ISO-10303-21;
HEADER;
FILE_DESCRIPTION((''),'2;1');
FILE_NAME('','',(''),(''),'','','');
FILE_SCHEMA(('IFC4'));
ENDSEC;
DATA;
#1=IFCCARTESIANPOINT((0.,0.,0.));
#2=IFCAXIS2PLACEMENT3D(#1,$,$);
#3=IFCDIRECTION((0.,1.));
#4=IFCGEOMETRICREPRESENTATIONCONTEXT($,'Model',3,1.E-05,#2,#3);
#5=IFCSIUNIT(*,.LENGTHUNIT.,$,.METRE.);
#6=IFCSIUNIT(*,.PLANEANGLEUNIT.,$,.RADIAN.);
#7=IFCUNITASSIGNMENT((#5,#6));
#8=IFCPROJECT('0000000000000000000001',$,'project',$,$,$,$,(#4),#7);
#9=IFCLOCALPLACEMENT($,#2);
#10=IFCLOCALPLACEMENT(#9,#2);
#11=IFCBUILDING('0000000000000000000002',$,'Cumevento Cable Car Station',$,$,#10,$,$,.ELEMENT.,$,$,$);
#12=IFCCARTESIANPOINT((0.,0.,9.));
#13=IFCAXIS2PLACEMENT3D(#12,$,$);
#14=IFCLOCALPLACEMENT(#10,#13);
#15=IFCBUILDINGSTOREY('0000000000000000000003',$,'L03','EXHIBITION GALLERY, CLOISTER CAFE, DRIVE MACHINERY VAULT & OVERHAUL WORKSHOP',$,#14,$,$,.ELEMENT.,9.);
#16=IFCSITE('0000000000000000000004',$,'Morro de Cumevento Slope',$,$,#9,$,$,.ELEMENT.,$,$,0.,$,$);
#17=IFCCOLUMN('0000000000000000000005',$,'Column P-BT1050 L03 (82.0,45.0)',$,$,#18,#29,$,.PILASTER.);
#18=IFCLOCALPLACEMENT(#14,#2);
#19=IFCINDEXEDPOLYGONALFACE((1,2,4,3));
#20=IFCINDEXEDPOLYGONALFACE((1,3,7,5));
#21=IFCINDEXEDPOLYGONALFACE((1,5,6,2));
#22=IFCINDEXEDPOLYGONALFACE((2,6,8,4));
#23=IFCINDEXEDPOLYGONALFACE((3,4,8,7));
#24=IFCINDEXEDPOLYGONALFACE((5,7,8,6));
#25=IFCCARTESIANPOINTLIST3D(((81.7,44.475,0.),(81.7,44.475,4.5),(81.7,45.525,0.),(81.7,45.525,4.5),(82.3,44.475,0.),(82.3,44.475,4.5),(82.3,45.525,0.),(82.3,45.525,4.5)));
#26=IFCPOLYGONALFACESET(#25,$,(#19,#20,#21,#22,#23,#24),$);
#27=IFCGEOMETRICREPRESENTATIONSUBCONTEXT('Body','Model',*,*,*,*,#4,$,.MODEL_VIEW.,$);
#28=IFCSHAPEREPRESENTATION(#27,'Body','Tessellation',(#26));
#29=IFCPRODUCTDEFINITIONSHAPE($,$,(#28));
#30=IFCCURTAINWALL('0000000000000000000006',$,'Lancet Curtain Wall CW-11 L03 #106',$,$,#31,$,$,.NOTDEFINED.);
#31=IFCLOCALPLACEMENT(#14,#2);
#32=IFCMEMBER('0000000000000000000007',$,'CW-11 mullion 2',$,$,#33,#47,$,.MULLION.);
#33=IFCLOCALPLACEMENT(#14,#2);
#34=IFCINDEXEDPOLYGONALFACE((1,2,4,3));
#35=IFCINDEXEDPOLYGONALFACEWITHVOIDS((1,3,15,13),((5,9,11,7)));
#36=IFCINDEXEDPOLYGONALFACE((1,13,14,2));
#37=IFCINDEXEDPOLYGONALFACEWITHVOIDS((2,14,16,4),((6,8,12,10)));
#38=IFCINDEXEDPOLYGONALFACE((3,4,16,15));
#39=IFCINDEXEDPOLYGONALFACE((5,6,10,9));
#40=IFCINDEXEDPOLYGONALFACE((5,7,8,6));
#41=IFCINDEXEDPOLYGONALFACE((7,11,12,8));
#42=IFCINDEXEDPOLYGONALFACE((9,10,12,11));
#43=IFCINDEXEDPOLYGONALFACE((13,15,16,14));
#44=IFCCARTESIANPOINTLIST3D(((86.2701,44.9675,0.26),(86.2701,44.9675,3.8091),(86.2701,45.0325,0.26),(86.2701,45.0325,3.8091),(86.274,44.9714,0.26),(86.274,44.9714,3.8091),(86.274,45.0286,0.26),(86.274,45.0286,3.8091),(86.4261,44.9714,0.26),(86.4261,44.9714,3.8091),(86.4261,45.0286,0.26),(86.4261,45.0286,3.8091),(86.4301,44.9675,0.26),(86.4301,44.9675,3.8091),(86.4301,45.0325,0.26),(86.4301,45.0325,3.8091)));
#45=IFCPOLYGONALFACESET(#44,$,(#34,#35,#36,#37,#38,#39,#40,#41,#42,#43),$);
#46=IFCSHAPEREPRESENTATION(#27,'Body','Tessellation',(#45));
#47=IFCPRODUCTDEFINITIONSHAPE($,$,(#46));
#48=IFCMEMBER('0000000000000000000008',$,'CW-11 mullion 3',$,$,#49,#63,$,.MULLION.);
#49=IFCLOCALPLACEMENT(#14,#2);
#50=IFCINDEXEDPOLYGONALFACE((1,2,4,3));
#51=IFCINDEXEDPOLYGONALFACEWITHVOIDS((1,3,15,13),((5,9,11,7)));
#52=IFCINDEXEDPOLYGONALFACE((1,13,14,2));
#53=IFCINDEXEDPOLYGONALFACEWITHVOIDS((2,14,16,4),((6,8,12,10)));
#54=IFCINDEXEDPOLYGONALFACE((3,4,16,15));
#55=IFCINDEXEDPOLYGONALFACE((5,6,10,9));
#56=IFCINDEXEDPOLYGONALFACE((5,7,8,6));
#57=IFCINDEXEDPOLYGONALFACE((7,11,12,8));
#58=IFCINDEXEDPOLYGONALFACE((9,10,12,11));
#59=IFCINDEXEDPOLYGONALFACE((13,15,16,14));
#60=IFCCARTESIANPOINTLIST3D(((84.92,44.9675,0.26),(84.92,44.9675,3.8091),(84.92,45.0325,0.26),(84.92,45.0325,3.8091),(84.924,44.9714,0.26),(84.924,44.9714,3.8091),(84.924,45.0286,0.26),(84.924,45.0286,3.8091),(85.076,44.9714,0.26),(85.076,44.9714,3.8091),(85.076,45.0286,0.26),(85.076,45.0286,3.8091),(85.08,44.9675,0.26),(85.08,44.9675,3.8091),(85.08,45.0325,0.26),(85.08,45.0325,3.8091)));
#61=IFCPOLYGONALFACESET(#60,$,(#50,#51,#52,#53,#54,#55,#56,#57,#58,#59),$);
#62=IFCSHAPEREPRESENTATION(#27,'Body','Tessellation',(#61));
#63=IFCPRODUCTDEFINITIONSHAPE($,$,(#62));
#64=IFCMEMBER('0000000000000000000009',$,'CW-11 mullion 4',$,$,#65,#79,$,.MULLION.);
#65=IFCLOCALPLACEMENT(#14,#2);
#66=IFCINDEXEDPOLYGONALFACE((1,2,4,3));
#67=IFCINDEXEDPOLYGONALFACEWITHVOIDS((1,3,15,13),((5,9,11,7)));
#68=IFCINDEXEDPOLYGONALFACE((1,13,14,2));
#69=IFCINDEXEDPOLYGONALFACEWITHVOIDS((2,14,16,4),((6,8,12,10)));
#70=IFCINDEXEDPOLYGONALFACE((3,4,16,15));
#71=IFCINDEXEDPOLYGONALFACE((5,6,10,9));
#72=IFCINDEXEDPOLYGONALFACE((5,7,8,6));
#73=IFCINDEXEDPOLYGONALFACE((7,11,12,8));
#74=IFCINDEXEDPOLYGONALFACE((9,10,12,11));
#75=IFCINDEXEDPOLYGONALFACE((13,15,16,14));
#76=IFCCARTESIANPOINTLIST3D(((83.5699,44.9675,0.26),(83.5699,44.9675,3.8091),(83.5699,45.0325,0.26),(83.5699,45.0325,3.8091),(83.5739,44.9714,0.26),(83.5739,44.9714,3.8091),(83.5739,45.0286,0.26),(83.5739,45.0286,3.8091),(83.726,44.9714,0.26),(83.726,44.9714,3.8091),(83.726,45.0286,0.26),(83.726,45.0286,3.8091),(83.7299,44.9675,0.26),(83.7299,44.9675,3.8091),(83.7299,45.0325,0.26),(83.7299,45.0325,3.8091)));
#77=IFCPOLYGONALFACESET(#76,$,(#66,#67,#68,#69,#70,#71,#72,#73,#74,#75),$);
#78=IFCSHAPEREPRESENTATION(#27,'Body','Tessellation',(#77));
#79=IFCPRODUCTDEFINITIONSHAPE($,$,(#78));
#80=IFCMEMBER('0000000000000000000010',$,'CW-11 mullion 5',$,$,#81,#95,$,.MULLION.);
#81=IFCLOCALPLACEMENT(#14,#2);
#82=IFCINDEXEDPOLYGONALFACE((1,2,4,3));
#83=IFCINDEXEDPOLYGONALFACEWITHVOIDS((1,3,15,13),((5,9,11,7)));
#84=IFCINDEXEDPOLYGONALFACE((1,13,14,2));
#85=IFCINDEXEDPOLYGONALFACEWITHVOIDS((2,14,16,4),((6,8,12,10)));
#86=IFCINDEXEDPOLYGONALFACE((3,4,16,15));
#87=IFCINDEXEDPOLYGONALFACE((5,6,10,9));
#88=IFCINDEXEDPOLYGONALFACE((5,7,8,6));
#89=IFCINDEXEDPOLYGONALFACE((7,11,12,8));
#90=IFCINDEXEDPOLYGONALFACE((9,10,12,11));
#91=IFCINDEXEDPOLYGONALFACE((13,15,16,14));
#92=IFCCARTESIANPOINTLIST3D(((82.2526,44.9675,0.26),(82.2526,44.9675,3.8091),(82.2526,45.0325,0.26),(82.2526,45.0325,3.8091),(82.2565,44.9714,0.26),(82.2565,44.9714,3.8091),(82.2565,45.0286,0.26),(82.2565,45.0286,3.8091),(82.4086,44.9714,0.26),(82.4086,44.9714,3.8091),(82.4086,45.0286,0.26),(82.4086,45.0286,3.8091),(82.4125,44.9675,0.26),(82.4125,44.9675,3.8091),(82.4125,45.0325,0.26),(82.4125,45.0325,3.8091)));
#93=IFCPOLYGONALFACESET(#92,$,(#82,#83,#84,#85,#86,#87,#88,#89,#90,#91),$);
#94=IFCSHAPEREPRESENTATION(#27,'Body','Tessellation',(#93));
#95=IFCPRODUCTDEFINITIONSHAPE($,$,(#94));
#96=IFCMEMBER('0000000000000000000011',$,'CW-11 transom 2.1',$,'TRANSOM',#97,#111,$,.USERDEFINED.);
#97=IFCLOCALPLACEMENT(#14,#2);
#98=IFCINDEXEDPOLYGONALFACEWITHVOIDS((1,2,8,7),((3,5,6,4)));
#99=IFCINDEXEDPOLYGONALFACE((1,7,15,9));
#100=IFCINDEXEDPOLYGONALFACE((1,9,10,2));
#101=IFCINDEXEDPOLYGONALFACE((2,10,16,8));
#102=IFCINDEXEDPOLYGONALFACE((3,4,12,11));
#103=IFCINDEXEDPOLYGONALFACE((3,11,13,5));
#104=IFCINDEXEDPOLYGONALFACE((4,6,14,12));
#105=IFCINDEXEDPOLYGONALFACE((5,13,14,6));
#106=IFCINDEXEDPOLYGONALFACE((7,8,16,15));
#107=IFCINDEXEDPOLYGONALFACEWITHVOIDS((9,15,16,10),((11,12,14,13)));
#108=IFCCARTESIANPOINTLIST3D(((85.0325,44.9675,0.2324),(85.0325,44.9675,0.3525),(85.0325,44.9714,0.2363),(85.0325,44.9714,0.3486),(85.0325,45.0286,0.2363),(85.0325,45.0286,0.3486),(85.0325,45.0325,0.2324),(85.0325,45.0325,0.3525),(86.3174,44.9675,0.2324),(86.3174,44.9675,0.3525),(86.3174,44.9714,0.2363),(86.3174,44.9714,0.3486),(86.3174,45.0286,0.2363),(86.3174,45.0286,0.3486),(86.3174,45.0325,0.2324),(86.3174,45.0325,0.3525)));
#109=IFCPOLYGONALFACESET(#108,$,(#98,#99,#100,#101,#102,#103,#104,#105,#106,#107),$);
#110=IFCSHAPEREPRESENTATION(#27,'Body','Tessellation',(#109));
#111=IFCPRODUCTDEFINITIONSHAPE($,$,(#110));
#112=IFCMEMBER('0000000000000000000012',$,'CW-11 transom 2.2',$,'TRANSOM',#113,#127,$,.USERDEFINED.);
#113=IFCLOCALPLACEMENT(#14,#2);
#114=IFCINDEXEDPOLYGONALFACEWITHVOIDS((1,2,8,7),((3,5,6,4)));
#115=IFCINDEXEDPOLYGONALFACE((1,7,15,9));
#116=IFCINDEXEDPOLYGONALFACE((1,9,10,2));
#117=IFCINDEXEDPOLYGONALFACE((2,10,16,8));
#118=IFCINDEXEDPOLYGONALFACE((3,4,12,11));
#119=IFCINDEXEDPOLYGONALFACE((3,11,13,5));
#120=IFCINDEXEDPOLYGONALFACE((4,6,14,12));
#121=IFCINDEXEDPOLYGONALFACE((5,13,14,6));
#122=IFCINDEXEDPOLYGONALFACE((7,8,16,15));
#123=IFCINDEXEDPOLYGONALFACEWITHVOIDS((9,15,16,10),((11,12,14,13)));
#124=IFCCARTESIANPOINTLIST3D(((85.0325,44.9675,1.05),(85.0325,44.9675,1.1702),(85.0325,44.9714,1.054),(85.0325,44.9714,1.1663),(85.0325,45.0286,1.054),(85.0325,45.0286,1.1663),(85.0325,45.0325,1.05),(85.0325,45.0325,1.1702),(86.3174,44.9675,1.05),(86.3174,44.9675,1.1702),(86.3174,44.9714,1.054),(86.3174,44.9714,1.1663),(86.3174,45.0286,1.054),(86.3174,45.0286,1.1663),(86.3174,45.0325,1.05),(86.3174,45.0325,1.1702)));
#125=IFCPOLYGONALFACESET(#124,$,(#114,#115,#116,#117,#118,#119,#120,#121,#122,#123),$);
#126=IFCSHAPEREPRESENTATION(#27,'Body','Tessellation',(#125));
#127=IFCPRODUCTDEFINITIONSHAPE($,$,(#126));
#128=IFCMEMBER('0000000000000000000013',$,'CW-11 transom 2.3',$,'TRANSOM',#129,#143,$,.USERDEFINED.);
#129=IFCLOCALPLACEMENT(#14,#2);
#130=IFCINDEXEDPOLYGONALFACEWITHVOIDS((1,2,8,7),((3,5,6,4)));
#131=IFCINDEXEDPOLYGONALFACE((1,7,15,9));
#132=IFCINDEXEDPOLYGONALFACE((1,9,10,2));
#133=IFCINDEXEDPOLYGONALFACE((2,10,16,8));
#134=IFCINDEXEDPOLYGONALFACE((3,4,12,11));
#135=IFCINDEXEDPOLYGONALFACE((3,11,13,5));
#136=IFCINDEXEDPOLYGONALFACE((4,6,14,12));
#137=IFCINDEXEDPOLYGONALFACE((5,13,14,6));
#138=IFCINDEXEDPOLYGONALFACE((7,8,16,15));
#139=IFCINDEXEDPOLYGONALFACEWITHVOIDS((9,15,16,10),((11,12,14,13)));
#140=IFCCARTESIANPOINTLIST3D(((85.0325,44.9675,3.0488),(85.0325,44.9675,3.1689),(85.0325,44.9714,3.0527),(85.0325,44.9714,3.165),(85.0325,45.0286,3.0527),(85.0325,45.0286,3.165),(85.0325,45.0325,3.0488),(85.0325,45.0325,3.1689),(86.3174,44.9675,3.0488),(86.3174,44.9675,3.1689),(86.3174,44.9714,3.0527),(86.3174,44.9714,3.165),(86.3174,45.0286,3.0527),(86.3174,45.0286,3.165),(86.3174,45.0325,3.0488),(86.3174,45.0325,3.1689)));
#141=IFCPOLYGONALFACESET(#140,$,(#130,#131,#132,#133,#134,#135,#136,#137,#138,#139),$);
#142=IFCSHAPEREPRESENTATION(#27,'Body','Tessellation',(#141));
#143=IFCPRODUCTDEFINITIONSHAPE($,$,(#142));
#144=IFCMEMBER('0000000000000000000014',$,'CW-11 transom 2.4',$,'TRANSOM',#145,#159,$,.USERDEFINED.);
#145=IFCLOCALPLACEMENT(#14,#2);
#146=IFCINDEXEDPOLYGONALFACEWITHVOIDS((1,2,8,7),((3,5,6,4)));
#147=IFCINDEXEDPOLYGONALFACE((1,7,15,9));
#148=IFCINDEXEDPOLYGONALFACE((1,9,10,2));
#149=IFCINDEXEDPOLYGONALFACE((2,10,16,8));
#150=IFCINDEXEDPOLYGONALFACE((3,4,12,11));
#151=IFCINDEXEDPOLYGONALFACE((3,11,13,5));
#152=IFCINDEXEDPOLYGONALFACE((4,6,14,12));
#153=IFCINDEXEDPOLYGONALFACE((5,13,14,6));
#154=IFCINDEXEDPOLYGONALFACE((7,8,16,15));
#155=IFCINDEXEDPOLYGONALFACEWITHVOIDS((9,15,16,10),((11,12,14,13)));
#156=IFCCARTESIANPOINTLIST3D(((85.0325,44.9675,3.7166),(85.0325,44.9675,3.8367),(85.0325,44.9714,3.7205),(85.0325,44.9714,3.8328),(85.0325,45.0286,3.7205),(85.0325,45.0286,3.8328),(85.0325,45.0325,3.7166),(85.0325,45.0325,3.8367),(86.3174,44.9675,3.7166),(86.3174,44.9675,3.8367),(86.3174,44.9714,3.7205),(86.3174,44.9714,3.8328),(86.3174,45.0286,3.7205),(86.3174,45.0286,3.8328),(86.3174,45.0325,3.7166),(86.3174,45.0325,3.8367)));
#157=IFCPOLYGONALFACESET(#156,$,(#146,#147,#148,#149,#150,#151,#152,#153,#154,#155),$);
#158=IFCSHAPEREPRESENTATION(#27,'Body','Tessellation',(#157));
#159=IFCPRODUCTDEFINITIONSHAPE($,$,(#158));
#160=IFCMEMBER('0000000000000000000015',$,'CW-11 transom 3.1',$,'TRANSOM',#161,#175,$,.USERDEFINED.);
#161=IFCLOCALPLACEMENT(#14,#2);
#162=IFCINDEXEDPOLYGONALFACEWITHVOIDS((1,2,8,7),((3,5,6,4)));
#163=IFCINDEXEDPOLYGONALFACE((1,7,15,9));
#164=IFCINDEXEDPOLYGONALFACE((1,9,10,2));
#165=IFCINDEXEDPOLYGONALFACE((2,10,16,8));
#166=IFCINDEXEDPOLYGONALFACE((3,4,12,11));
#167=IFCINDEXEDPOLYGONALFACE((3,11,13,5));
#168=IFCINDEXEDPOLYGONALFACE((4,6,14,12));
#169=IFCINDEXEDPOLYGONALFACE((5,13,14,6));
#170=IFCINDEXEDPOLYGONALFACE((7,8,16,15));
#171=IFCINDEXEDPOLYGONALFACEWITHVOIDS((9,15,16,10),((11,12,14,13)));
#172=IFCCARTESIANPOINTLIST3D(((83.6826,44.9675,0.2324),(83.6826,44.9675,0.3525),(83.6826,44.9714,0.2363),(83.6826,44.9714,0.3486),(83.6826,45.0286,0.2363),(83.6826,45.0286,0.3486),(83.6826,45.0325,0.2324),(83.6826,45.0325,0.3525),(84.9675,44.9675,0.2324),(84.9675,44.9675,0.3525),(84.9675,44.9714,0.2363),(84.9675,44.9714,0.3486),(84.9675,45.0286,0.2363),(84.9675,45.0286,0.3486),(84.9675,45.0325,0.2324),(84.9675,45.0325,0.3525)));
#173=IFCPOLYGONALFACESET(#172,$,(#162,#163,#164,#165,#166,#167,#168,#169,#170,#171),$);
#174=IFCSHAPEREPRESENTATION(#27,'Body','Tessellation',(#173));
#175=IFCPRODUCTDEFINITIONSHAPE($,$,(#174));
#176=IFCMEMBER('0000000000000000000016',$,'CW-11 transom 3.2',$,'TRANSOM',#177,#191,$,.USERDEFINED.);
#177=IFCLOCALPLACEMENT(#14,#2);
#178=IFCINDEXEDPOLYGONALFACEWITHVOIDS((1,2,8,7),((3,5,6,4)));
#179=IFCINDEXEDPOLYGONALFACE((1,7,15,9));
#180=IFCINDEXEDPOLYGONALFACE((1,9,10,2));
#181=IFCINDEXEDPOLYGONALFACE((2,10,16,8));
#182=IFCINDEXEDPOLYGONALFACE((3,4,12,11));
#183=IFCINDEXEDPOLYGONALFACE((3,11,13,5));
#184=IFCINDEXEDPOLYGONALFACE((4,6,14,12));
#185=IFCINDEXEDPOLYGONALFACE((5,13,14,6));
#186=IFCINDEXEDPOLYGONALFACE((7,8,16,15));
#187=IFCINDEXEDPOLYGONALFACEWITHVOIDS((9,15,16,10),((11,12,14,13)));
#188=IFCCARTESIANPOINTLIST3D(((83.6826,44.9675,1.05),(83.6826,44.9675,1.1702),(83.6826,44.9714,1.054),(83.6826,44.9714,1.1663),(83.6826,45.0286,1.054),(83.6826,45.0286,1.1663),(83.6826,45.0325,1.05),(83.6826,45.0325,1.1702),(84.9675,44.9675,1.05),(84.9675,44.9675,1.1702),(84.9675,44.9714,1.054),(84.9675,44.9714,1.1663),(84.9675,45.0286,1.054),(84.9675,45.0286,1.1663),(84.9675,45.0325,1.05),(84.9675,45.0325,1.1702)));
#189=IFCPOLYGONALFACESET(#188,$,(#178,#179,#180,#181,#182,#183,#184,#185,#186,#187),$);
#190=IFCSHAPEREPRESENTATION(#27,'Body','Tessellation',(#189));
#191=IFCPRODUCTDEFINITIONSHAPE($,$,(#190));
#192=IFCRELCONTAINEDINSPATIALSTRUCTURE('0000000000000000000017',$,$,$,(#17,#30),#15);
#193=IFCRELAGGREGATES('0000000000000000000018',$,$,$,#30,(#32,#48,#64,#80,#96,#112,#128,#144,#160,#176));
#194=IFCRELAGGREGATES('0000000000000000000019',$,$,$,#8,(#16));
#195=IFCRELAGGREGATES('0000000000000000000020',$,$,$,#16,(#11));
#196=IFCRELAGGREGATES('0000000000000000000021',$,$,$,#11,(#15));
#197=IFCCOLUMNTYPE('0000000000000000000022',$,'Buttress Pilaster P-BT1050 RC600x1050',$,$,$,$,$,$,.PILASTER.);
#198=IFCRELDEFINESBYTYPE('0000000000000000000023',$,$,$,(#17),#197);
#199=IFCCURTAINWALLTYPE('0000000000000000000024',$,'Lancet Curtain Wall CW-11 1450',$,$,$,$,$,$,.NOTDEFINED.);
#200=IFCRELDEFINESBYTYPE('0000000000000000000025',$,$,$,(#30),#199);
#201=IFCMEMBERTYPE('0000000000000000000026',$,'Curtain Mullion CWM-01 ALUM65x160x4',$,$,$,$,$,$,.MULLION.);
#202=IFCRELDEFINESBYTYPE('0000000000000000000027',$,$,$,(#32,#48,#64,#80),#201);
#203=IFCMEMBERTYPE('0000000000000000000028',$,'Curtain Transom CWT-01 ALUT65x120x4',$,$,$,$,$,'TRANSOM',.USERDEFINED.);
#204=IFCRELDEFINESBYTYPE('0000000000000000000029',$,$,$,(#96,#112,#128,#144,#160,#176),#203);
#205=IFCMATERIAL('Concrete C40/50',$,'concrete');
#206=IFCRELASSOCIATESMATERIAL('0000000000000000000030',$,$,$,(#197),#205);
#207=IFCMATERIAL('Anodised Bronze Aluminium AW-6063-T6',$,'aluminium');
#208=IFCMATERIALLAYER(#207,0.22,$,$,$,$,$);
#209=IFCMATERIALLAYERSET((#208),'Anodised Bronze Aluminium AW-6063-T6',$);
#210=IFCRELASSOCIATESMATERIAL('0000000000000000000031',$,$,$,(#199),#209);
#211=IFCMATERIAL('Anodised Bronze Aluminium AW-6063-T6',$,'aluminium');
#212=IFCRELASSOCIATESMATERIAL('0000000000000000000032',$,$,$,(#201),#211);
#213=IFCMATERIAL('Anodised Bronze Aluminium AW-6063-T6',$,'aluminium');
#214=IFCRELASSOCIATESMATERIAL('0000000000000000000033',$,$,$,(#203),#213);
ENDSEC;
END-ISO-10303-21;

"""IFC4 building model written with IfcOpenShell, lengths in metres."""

from ifc_helpers import new_model, si_unit, direction, frame, origin, origin_2d, place, context, subcontext, project, spatial, rectangle, hollow_rectangle, extrude, material, layer, layer_set, material_profile, profile_set, type_object, element, aggregate, save


model = new_model("IFC4")

# Units and contexts
model_context = context("Model", 3, precision=1e-05, world=origin(), true_north=direction((0.0, 1.0)))
body_context = subcontext(model_context, "Body", "Model", "MODEL_VIEW")
ifc_project = project(units=[si_unit("LENGTHUNIT", "METRE"), si_unit("PLANEANGLEUNIT", "RADIAN")], contexts=[model_context])

# Site, building, storey
site_placement = place(None, origin())
site = spatial("IfcSite", under=ifc_project, at=site_placement, Name="Morro de Cumevento Slope", CompositionType="ELEMENT", RefElevation=0.0)
building_placement = place(site_placement, origin())
building = spatial("IfcBuilding", under=site, at=building_placement, Name="Cumevento Cable Car Station", CompositionType="ELEMENT")
storey_placement = place(building_placement, frame((0.0, 0.0, 9.0)))
storey = spatial("IfcBuildingStorey", under=building, at=storey_placement, Name="L03", Description="EXHIBITION GALLERY, CLOISTER CAFE, DRIVE MACHINERY VAULT & OVERHAUL WORKSHOP", CompositionType="ELEMENT", Elevation=9.0)

# Column
ifc_material_1 = material(Name="Concrete C40/50", Category="concrete")
ifc_material_profile_1 = material_profile(ifc_material_1, rectangle(XDim=0.6001, YDim=1.05, at=origin_2d()), Name="RC600x1050")
ifc_profile_set_1 = profile_set([ifc_material_profile_1], Name="Concrete C40/50")
column_type = type_object("IfcColumnType", Name="Buttress Pilaster P-BT1050 RC600x1050", PredefinedType="PILASTER", material=ifc_profile_set_1)
column_placement = place(storey_placement, frame((82.0, 45.0, 0.0), z_axis=(0.0, 0.0, 1.0), x_axis=(1.0, 0.0, 0.0)))
element("IfcColumn", 1, at=column_placement, inside=storey, type_object=column_type, Name="Column P-BT1050 L03 (82.0,45.0)", PredefinedType="PILASTER", context=body_context, shape_type="SweptSolid", body=[
    extrude(rectangle(XDim=0.6001, YDim=1.05, at=origin_2d()), origin(), (0.0, 0.0, 1.0), 4.5),
])

# Curtain wall, members
ifc_material_2 = material(Name="Anodised Bronze Aluminium AW-6063-T6", Category="aluminium")
ifc_layer_1 = layer(ifc_material_2, 0.22)
ifc_layer_set_1 = layer_set([ifc_layer_1], Name="Anodised Bronze Aluminium AW-6063-T6")
curtain_wall_type = type_object("IfcCurtainWallType", Name="Lancet Curtain Wall CW-11 1450", PredefinedType="NOTDEFINED", material=ifc_layer_set_1)
curtain_wall_placement = place(storey_placement, origin())
curtain_wall = element("IfcCurtainWall", 2, at=curtain_wall_placement, inside=storey, type_object=curtain_wall_type, Name="Lancet Curtain Wall CW-11 L03 #106", PredefinedType="NOTDEFINED")
ifc_material_3 = material(Name="Anodised Bronze Aluminium AW-6063-T6", Category="aluminium")
ifc_material_profile_2 = material_profile(ifc_material_3, hollow_rectangle(XDim=0.0649, YDim=0.1599, WallThickness=0.0039, at=origin_2d()), Name="ALUM65x160x4")
ifc_profile_set_2 = profile_set([ifc_material_profile_2], Name="Anodised Bronze Aluminium AW-6063-T6")
member_type_1 = type_object("IfcMemberType", Name="Curtain Mullion CWM-01 ALUM65x160x4", PredefinedType="MULLION", material=ifc_profile_set_2)
member_1_placement = place(storey_placement, frame((86.3501, 45.0, 0.26), z_axis=(0.0, 0.0, 1.0), x_axis=(0.0, -1.0, 0.0)))
member_1 = element("IfcMember", 3, at=member_1_placement, type_object=member_type_1, Name="CW-11 mullion 2", PredefinedType="MULLION", context=body_context, shape_type="SweptSolid", body=[
    extrude(hollow_rectangle(XDim=0.0649, YDim=0.1599, WallThickness=0.0039, at=origin_2d()), origin(), (0.0, 0.0, 1.0), 3.5491),
])
member_2_placement = place(storey_placement, frame((85.0, 45.0, 0.26), z_axis=(0.0, 0.0, 1.0), x_axis=(0.0, -1.0, 0.0)))
member_2 = element("IfcMember", 4, at=member_2_placement, type_object=member_type_1, Name="CW-11 mullion 3", PredefinedType="MULLION", context=body_context, shape_type="SweptSolid", body=[
    extrude(hollow_rectangle(XDim=0.0649, YDim=0.1599, WallThickness=0.0039, at=origin_2d()), origin(), (0.0, 0.0, 1.0), 3.5491),
])
member_3_placement = place(storey_placement, frame((83.6499, 45.0, 0.26), z_axis=(0.0, 0.0, 1.0), x_axis=(0.0, -1.0, 0.0)))
member_3 = element("IfcMember", 5, at=member_3_placement, type_object=member_type_1, Name="CW-11 mullion 4", PredefinedType="MULLION", context=body_context, shape_type="SweptSolid", body=[
    extrude(hollow_rectangle(XDim=0.0649, YDim=0.1599, WallThickness=0.0039, at=origin_2d()), origin(), (0.0, 0.0, 1.0), 3.5491),
])
member_4_placement = place(storey_placement, frame((82.3325, 45.0, 0.26), z_axis=(0.0, 0.0, 1.0), x_axis=(0.0, -1.0, 0.0)))
member_4 = element("IfcMember", 6, at=member_4_placement, type_object=member_type_1, Name="CW-11 mullion 5", PredefinedType="MULLION", context=body_context, shape_type="SweptSolid", body=[
    extrude(hollow_rectangle(XDim=0.0649, YDim=0.1599, WallThickness=0.0039, at=origin_2d()), origin(), (0.0, 0.0, 1.0), 3.5491),
])
ifc_material_4 = material(Name="Anodised Bronze Aluminium AW-6063-T6", Category="aluminium")
ifc_material_profile_3 = material_profile(ifc_material_4, hollow_rectangle(XDim=0.0649, YDim=0.1201, WallThickness=0.0039, at=origin_2d()), Name="ALUT65x120x4")
ifc_profile_set_3 = profile_set([ifc_material_profile_3], Name="Anodised Bronze Aluminium AW-6063-T6")
member_type_2 = type_object("IfcMemberType", Name="Curtain Transom CWT-01 ALUT65x120x4", ElementType="TRANSOM", PredefinedType="USERDEFINED", material=ifc_profile_set_3)
member_5_placement = place(storey_placement, frame((86.3174, 45.0, 0.2925), z_axis=(-1.0, 0.0, 0.0), x_axis=(0.0, -1.0, 0.0)))
member_5 = element("IfcMember", 7, at=member_5_placement, type_object=member_type_2, Name="CW-11 transom 2.1", ObjectType="TRANSOM", PredefinedType="USERDEFINED", context=body_context, shape_type="SweptSolid", body=[
    extrude(hollow_rectangle(XDim=0.0649, YDim=0.1201, WallThickness=0.0039, at=origin_2d()), origin(), (0.0, 0.0, 1.0), 1.2849),
])
member_6_placement = place(storey_placement, frame((86.3174, 45.0, 1.1101), z_axis=(-1.0, 0.0, 0.0), x_axis=(0.0, -1.0, 0.0)))
member_6 = element("IfcMember", 8, at=member_6_placement, type_object=member_type_2, Name="CW-11 transom 2.2", ObjectType="TRANSOM", PredefinedType="USERDEFINED", context=body_context, shape_type="SweptSolid", body=[
    extrude(hollow_rectangle(XDim=0.0649, YDim=0.1201, WallThickness=0.0039, at=origin_2d()), origin(), (0.0, 0.0, 1.0), 1.2849),
])
member_7_placement = place(storey_placement, frame((86.3174, 45.0, 3.1089), z_axis=(-1.0, 0.0, 0.0), x_axis=(0.0, -1.0, 0.0)))
member_7 = element("IfcMember", 9, at=member_7_placement, type_object=member_type_2, Name="CW-11 transom 2.3", ObjectType="TRANSOM", PredefinedType="USERDEFINED", context=body_context, shape_type="SweptSolid", body=[
    extrude(hollow_rectangle(XDim=0.0649, YDim=0.1201, WallThickness=0.0039, at=origin_2d()), origin(), (0.0, 0.0, 1.0), 1.2849),
])
member_8_placement = place(storey_placement, frame((86.3174, 45.0, 3.7766), z_axis=(-1.0, 0.0, 0.0), x_axis=(0.0, -1.0, 0.0)))
member_8 = element("IfcMember", 10, at=member_8_placement, type_object=member_type_2, Name="CW-11 transom 2.4", ObjectType="TRANSOM", PredefinedType="USERDEFINED", context=body_context, shape_type="SweptSolid", body=[
    extrude(hollow_rectangle(XDim=0.0649, YDim=0.1201, WallThickness=0.0039, at=origin_2d()), origin(), (0.0, 0.0, 1.0), 1.2849),
])
member_9_placement = place(storey_placement, frame((84.9675, 45.0, 0.2925), z_axis=(-1.0, 0.0, 0.0), x_axis=(0.0, -1.0, 0.0)))
member_9 = element("IfcMember", 11, at=member_9_placement, type_object=member_type_2, Name="CW-11 transom 3.1", ObjectType="TRANSOM", PredefinedType="USERDEFINED", context=body_context, shape_type="SweptSolid", body=[
    extrude(hollow_rectangle(XDim=0.0649, YDim=0.1201, WallThickness=0.0039, at=origin_2d()), origin(), (0.0, 0.0, 1.0), 1.2849),
])
member_10_placement = place(storey_placement, frame((84.9675, 45.0, 1.1101), z_axis=(-1.0, 0.0, 0.0), x_axis=(0.0, -1.0, 0.0)))
member_10 = element("IfcMember", 12, at=member_10_placement, type_object=member_type_2, Name="CW-11 transom 3.2", ObjectType="TRANSOM", PredefinedType="USERDEFINED", context=body_context, shape_type="SweptSolid", body=[
    extrude(hollow_rectangle(XDim=0.0649, YDim=0.1201, WallThickness=0.0039, at=origin_2d()), origin(), (0.0, 0.0, 1.0), 1.2849),
])

aggregate(curtain_wall, [member_1, member_2, member_3, member_4, member_5, member_6, member_7, member_8, member_9, member_10])

save(model, "model.ifc")
